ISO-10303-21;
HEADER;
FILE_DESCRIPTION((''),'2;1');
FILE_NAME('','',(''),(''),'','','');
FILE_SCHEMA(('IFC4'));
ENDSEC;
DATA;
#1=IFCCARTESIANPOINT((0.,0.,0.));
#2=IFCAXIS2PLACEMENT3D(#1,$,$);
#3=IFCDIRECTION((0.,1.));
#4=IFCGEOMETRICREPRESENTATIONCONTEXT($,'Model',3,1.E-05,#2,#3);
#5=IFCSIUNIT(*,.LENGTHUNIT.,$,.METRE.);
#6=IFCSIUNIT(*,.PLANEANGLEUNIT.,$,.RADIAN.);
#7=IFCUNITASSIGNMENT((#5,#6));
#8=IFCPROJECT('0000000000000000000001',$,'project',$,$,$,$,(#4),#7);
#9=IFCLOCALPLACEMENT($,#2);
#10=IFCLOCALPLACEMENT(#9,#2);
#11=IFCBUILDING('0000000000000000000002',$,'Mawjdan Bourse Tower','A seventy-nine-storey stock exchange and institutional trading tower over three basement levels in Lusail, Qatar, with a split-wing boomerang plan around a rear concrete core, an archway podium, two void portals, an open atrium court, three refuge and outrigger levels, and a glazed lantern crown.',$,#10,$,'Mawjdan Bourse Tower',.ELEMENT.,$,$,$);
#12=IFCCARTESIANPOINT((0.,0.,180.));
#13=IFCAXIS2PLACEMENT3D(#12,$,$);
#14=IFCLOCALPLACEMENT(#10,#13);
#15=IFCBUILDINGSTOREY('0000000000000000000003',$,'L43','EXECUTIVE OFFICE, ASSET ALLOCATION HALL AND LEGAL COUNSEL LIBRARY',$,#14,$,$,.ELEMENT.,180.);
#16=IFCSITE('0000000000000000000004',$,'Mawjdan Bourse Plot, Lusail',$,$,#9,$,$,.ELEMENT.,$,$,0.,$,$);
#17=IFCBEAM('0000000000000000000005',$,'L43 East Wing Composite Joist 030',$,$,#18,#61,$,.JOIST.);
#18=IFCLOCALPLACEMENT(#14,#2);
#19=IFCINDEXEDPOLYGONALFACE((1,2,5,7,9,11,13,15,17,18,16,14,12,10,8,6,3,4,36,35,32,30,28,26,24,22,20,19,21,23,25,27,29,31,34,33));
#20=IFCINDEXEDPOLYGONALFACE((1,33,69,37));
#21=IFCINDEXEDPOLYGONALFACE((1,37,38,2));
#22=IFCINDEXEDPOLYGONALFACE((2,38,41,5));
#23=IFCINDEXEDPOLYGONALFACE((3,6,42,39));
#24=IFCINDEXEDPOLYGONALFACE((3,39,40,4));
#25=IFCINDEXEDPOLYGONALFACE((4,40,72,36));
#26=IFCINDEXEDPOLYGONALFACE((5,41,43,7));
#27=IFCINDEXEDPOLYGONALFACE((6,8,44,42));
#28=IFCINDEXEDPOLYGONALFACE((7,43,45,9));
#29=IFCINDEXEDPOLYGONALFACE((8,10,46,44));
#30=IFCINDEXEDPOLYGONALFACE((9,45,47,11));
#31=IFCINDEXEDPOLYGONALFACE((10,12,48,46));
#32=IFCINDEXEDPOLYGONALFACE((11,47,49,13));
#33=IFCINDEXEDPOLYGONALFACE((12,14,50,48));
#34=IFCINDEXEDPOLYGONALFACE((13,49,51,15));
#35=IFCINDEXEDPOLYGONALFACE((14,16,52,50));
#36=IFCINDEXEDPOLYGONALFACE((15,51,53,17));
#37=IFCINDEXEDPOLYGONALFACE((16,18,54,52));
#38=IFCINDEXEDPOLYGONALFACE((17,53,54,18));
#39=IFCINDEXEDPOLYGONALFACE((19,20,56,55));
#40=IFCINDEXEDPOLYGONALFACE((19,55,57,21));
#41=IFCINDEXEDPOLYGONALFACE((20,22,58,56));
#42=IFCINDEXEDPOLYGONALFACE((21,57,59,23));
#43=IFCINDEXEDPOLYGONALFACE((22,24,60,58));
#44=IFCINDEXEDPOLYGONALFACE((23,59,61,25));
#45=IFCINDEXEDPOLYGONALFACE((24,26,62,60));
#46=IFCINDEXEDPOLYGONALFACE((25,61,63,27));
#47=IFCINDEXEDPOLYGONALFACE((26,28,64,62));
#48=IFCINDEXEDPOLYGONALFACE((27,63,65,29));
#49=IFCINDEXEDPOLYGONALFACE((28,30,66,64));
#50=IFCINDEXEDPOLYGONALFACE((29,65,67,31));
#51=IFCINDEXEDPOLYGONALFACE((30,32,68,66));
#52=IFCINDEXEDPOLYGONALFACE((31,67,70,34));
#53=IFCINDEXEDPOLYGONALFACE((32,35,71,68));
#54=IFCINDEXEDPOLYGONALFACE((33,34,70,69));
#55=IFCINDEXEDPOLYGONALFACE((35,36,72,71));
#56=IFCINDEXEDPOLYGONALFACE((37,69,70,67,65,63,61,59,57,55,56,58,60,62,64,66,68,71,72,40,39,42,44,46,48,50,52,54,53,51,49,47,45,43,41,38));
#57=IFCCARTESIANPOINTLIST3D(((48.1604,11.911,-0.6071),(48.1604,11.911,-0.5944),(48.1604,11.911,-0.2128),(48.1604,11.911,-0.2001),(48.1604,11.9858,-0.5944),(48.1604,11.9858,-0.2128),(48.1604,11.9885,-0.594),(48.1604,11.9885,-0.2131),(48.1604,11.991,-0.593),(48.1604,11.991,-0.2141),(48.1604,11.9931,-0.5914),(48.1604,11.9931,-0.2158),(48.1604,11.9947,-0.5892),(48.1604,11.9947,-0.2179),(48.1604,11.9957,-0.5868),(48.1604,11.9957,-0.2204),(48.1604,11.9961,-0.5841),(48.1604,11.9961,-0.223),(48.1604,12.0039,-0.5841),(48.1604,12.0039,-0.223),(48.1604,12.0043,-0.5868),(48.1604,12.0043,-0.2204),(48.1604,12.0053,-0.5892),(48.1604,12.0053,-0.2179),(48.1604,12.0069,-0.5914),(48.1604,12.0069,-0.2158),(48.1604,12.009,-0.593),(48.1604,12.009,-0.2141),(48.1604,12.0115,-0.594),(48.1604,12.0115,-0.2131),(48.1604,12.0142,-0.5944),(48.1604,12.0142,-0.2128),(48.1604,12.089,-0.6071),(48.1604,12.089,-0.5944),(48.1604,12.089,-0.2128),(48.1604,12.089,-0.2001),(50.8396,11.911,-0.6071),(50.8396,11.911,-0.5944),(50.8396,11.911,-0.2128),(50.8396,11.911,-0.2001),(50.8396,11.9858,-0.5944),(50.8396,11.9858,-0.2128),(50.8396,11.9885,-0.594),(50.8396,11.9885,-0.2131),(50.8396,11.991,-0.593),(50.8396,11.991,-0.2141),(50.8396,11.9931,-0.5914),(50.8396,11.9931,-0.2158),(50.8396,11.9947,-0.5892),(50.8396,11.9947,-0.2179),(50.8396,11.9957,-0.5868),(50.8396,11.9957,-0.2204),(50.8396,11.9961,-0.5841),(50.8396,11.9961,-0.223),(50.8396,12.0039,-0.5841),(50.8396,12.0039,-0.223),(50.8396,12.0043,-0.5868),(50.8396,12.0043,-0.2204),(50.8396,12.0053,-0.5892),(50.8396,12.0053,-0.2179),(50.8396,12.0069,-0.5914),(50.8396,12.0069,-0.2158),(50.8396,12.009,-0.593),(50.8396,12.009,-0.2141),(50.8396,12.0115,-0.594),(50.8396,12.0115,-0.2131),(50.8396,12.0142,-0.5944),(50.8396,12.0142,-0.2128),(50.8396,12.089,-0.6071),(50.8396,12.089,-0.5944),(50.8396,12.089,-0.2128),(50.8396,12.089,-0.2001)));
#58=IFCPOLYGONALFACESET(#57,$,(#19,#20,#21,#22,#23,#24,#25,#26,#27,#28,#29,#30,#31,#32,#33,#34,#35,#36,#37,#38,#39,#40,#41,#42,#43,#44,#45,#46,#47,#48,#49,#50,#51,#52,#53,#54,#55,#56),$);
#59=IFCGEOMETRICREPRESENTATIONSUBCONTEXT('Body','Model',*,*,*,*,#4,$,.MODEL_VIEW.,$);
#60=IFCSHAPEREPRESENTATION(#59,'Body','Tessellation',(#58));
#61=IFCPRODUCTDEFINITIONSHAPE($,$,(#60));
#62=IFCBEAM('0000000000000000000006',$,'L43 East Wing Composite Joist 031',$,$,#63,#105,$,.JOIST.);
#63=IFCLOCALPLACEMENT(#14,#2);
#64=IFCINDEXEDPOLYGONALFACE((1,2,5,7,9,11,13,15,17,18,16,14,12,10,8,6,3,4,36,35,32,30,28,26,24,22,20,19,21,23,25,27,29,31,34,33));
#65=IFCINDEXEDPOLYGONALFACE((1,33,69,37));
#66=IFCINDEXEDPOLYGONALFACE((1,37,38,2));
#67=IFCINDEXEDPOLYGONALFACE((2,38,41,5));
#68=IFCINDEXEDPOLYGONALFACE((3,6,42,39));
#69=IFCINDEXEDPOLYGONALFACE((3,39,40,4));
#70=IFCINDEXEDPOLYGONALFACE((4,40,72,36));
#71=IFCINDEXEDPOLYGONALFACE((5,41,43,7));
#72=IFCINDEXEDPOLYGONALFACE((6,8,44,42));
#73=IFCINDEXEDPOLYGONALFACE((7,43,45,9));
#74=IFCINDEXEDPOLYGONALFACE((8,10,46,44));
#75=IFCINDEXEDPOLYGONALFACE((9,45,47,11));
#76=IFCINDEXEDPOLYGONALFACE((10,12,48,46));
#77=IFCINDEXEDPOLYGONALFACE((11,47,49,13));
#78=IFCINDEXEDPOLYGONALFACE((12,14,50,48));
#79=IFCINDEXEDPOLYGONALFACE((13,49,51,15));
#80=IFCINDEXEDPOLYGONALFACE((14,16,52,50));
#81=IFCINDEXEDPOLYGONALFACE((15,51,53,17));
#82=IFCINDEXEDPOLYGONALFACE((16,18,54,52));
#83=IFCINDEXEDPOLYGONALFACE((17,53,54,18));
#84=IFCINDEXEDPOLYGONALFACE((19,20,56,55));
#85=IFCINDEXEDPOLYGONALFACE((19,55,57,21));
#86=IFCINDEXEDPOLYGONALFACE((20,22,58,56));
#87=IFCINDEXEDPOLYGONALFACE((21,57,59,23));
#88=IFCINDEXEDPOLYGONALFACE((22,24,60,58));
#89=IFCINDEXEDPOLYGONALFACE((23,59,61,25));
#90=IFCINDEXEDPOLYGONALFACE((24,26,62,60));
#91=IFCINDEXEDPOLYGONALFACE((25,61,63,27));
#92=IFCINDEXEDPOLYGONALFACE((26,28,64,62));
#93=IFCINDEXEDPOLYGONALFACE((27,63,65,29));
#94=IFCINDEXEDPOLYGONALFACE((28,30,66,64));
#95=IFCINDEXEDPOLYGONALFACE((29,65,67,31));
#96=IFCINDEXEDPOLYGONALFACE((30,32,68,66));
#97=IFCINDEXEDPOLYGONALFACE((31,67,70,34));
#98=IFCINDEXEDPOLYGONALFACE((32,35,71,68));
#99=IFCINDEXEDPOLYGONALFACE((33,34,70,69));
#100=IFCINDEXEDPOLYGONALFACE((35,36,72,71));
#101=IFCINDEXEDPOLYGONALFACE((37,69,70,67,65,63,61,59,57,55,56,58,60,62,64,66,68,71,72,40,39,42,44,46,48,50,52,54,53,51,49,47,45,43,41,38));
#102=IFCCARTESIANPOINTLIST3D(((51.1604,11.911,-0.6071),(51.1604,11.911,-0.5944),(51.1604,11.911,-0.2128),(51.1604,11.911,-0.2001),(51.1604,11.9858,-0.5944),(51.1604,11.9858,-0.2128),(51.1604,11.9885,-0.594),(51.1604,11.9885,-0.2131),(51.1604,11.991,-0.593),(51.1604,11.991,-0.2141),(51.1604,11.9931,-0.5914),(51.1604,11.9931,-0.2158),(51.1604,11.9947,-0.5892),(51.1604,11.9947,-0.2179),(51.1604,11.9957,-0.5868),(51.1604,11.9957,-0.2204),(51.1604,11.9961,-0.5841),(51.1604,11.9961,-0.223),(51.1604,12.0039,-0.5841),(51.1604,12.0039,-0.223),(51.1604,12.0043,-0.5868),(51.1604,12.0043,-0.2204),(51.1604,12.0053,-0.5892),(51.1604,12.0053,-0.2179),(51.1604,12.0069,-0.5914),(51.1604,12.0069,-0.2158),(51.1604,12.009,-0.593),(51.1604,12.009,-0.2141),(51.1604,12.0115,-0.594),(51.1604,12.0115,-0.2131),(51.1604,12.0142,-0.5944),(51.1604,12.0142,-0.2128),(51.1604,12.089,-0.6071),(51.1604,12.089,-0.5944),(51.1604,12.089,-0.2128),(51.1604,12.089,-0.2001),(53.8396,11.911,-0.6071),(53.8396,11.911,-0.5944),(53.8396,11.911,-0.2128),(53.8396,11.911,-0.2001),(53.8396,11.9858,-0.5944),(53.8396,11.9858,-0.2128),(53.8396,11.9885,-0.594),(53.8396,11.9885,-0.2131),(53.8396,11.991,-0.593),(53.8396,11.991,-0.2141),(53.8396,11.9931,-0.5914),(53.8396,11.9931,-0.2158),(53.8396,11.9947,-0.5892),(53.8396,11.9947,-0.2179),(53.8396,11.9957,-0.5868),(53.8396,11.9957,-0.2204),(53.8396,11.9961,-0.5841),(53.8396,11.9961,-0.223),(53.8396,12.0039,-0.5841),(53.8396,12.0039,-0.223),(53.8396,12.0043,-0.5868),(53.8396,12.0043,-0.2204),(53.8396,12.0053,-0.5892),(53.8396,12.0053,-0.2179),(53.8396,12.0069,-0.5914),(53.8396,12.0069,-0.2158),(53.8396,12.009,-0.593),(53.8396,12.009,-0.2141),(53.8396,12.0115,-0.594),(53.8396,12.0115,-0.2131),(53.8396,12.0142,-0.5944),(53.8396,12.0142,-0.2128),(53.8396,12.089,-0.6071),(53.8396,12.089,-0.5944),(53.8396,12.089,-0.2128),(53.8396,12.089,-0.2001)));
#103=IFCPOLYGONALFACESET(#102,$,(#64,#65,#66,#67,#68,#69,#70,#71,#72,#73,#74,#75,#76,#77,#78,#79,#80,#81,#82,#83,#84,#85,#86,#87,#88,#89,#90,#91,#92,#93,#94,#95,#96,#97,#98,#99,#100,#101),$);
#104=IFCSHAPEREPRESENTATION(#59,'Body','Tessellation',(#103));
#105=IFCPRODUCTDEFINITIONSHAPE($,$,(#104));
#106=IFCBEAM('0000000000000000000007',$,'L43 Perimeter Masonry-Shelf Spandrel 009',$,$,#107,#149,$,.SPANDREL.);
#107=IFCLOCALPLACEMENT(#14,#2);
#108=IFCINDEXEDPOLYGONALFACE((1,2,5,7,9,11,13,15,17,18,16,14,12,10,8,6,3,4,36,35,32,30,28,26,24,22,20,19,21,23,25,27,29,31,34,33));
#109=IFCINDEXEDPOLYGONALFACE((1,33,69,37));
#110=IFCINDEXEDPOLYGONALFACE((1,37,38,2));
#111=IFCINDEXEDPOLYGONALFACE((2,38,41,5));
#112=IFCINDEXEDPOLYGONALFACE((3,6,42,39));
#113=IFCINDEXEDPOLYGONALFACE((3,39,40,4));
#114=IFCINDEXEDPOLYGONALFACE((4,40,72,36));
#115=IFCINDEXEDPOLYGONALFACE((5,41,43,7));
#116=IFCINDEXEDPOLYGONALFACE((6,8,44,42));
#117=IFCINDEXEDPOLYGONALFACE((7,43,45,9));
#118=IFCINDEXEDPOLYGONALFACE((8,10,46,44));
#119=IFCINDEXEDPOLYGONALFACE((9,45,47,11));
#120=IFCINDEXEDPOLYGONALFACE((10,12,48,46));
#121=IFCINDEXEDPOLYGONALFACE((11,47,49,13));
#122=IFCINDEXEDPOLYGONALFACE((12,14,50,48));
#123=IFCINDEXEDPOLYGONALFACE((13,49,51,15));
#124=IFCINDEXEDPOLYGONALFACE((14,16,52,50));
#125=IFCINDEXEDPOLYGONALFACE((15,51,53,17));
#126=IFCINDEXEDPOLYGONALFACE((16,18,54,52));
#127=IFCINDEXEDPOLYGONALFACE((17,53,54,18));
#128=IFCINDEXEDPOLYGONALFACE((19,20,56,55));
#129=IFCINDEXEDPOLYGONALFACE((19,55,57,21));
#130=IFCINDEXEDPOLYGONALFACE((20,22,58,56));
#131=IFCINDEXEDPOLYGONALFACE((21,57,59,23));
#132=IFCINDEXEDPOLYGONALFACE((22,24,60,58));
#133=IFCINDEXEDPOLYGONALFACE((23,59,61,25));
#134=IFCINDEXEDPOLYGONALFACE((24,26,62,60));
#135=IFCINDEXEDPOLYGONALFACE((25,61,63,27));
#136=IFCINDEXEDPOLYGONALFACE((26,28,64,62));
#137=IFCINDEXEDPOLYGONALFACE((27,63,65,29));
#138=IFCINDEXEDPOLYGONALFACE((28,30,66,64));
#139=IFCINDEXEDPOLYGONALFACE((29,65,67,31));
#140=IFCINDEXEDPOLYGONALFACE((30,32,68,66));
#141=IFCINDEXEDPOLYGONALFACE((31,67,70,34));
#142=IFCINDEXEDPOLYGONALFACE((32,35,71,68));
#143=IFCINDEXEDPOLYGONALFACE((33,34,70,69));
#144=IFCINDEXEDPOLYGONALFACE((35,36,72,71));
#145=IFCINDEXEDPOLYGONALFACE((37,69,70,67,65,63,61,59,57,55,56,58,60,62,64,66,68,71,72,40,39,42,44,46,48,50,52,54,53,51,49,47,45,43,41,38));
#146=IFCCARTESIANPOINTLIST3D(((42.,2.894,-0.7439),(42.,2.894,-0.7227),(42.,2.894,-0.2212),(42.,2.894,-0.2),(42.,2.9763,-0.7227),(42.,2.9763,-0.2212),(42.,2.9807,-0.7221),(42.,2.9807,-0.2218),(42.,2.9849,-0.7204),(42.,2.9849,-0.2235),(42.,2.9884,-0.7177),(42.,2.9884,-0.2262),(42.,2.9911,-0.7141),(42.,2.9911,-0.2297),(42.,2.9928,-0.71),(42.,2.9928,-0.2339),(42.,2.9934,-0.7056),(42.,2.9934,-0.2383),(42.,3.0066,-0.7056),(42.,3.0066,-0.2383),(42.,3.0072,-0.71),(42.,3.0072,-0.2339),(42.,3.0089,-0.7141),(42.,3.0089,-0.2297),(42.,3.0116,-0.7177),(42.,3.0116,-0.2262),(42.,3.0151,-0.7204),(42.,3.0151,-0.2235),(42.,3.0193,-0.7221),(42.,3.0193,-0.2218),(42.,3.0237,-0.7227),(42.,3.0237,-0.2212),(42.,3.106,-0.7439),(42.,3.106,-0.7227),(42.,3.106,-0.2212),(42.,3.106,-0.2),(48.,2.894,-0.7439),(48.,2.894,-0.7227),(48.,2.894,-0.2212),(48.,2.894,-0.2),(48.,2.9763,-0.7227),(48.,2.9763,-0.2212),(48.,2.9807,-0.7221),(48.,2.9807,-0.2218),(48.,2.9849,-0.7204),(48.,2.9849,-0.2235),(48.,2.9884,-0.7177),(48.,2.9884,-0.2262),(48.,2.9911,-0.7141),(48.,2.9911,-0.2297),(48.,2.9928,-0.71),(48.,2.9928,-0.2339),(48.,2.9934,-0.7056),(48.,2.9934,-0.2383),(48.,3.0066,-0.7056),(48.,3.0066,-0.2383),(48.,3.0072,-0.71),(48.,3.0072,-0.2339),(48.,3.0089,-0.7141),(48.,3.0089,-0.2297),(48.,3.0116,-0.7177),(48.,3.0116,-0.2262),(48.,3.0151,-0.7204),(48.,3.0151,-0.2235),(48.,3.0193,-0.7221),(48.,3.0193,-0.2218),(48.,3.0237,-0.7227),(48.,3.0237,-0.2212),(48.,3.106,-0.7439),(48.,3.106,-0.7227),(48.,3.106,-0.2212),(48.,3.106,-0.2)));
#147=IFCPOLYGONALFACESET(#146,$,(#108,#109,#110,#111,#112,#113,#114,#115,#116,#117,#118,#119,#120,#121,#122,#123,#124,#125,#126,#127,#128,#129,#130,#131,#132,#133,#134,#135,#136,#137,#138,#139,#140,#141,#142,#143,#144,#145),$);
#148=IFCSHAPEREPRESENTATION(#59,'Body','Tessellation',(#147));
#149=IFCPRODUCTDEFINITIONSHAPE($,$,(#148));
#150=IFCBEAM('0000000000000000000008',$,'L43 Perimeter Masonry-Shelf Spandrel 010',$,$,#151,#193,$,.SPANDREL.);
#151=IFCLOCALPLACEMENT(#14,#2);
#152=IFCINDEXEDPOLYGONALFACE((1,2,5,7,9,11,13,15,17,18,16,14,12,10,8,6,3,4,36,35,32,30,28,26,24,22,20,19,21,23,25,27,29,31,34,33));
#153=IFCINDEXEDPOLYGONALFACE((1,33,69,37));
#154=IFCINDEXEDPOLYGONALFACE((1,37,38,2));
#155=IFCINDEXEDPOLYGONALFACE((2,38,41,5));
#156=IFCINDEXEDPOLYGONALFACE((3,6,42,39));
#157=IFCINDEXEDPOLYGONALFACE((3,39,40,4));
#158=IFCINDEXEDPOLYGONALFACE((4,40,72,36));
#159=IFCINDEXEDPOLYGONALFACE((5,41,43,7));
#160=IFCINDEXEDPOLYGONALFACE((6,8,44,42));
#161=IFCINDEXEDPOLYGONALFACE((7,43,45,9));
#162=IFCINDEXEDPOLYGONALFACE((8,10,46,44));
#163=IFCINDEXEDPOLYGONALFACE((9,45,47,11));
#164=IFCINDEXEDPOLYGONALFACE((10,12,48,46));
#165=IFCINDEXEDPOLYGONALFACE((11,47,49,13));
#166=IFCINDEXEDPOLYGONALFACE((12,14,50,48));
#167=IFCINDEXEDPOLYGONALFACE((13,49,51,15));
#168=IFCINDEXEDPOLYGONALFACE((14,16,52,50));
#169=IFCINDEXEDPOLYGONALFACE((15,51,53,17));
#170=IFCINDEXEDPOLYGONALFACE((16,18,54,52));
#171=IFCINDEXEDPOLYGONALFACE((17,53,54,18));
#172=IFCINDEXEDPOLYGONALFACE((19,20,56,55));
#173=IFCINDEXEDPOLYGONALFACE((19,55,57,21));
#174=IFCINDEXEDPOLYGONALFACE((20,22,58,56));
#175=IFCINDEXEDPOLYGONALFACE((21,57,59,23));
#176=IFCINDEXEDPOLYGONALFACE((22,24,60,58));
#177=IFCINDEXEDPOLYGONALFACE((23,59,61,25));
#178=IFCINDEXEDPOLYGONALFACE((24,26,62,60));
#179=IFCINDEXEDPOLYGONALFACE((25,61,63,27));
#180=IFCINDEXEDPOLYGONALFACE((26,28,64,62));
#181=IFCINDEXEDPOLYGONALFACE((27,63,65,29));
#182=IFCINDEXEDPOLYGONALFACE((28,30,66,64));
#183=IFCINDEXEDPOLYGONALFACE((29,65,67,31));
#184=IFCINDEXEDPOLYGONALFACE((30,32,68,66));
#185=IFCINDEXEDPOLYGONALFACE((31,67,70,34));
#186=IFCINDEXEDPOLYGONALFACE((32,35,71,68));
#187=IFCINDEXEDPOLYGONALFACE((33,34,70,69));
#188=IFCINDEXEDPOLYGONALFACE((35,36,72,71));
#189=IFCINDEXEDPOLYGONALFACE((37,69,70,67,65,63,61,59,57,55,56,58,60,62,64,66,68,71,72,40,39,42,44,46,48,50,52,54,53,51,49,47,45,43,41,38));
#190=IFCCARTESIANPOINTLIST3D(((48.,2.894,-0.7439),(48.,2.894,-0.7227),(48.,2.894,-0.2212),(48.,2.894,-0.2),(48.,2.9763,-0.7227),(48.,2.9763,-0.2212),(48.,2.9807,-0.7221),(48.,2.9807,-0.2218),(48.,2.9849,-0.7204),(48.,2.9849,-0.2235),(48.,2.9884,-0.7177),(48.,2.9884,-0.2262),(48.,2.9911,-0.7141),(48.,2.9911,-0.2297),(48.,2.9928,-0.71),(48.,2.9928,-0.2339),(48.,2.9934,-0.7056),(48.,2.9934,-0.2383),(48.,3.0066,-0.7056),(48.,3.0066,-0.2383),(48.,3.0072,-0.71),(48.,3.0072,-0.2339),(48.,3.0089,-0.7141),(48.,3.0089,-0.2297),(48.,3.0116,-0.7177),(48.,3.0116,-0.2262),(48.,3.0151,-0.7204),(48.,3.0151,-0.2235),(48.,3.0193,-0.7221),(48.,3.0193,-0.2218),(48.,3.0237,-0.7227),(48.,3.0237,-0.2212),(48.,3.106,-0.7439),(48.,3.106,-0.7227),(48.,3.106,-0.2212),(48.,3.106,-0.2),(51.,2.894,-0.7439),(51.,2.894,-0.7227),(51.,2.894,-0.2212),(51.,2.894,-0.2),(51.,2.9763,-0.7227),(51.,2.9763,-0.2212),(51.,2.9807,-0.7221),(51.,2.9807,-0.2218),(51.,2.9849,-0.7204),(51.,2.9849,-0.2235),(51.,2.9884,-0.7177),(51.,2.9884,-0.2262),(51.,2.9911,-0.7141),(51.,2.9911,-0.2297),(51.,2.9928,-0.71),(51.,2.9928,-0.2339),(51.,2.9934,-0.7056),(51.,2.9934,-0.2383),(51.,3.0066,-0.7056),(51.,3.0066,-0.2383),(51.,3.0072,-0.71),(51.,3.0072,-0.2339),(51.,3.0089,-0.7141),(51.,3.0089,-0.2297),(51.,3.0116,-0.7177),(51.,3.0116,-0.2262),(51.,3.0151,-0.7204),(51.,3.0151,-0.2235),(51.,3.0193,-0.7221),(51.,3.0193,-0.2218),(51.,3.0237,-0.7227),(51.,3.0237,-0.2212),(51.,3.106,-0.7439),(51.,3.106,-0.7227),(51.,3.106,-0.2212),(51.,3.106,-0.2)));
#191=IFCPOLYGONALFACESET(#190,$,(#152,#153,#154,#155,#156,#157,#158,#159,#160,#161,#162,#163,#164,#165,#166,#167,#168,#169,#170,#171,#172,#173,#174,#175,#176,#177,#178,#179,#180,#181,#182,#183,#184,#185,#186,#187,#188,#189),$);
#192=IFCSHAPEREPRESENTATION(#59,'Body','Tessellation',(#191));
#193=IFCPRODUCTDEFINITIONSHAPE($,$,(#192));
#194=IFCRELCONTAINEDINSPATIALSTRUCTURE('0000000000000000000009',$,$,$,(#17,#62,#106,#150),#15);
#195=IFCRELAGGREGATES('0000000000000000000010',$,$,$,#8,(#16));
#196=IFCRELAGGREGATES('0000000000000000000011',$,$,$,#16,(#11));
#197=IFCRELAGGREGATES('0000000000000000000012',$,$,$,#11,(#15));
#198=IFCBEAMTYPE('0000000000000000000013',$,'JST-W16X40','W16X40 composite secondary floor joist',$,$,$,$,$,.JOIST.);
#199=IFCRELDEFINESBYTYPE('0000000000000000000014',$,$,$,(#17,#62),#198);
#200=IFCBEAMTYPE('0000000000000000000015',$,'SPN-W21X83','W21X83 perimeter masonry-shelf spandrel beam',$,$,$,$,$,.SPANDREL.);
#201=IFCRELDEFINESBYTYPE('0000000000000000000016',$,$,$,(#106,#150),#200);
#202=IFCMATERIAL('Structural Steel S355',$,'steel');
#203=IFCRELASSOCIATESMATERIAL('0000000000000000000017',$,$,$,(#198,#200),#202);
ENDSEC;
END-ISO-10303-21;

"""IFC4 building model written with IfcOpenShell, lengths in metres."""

from ifc_helpers import new_model, si_unit, direction, frame, origin, origin_2d, place, context, subcontext, project, spatial, i_section, extrude, material, material_profile, profile_set, type_object, element, save


model = new_model("IFC4")

# Units and contexts
model_context = context("Model", 3, precision=1e-05, world=origin(), true_north=direction((0.0, 1.0)))
body_context = subcontext(model_context, "Body", "Model", "MODEL_VIEW")
ifc_project = project(units=[si_unit("LENGTHUNIT", "METRE"), si_unit("PLANEANGLEUNIT", "RADIAN")], contexts=[model_context])

# Site, building, storey
site_placement = place(None, origin())
site = spatial("IfcSite", under=ifc_project, at=site_placement, Name="Mawjdan Bourse Plot, Lusail", CompositionType="ELEMENT", RefElevation=0.0)
building_placement = place(site_placement, origin())
building = spatial("IfcBuilding", under=site, at=building_placement, Name="Mawjdan Bourse Tower", Description="A seventy-nine-storey stock exchange and institutional trading tower over three basement levels in Lusail, Qatar, with a split-wing boomerang plan around a rear concrete core, an archway podium, two void portals, an open atrium court, three refuge and outrigger levels, and a glazed lantern crown.", LongName="Mawjdan Bourse Tower", CompositionType="ELEMENT")
storey_placement = place(building_placement, frame((0.0, 0.0, 180.0)))
storey = spatial("IfcBuildingStorey", under=building, at=storey_placement, Name="L43", Description="EXECUTIVE OFFICE, ASSET ALLOCATION HALL AND LEGAL COUNSEL LIBRARY", CompositionType="ELEMENT", Elevation=180.0)

# Beams
ifc_material_1 = material(Name="Structural Steel S355", Category="steel")
ifc_material_profile_1 = material_profile(ifc_material_1, i_section(OverallWidth=0.178, OverallDepth=0.407, WebThickness=0.0078, FlangeThickness=0.0127, FilletRadius=0.0103, at=origin_2d()), Name="W16X40")
ifc_profile_set_1 = profile_set([ifc_material_profile_1], Name="Structural Steel S355")
beam_type_1 = type_object("IfcBeamType", Name="JST-W16X40", Description="W16X40 composite secondary floor joist", PredefinedType="JOIST", material=ifc_profile_set_1)
for number, where, z_axis, x_axis, name in (
    (1, (48.1604, 12.0, -0.4036), (1.0, 0.0, 0.0), (0.0, 1.0, 0.0), "L43 East Wing Composite Joist 030"),
    (2, (51.1604, 12.0, -0.4036), (1.0, 0.0, 0.0), (0.0, 1.0, 0.0), "L43 East Wing Composite Joist 031"),
):
    element("IfcBeam", number, at=place(storey_placement, frame(where, z_axis=z_axis, x_axis=x_axis)), inside=storey, type_object=beam_type_1, Name=name, PredefinedType="JOIST", context=body_context, shape_type="SweptSolid", body=[
        extrude(i_section(OverallWidth=0.178, OverallDepth=0.407, WebThickness=0.0078, FlangeThickness=0.0127, FilletRadius=0.0103, at=origin_2d()), origin(), (0.0, 0.0, 1.0), 2.6792),
    ])
ifc_material_profile_2 = material_profile(ifc_material_1, i_section(OverallWidth=0.2119, OverallDepth=0.5439, WebThickness=0.0132, FlangeThickness=0.0212, FilletRadius=0.0171, at=origin_2d()), Name="W21X83")
ifc_profile_set_2 = profile_set([ifc_material_profile_2], Name="Structural Steel S355")
beam_type_2 = type_object("IfcBeamType", Name="SPN-W21X83", Description="W21X83 perimeter masonry-shelf spandrel beam", PredefinedType="SPANDREL", material=ifc_profile_set_2)
beam_1_placement = place(storey_placement, frame((42.0, 3.0, -0.4719), z_axis=(1.0, 0.0, 0.0), x_axis=(0.0, 1.0, 0.0)))
element("IfcBeam", 3, at=beam_1_placement, inside=storey, type_object=beam_type_2, Name="L43 Perimeter Masonry-Shelf Spandrel 009", PredefinedType="SPANDREL", context=body_context, shape_type="SweptSolid", body=[
    extrude(i_section(OverallWidth=0.2119, OverallDepth=0.5439, WebThickness=0.0132, FlangeThickness=0.0212, FilletRadius=0.0171, at=origin_2d()), origin(), (0.0, 0.0, 1.0), 6.0),
])
for number, where, z_axis, x_axis, name in (
    (4, (48.0, 3.0, -0.4719), (1.0, 0.0, 0.0), (0.0, 1.0, 0.0), "L43 Perimeter Masonry-Shelf Spandrel 010"),
):
    element("IfcBeam", number, at=place(storey_placement, frame(where, z_axis=z_axis, x_axis=x_axis)), inside=storey, type_object=beam_type_2, Name=name, PredefinedType="SPANDREL", context=body_context, shape_type="SweptSolid", body=[
        extrude(i_section(OverallWidth=0.2119, OverallDepth=0.5439, WebThickness=0.0132, FlangeThickness=0.0212, FilletRadius=0.0171, at=origin_2d()), origin(), (0.0, 0.0, 1.0), 3.0),
    ])

save(model, "model.ifc")
